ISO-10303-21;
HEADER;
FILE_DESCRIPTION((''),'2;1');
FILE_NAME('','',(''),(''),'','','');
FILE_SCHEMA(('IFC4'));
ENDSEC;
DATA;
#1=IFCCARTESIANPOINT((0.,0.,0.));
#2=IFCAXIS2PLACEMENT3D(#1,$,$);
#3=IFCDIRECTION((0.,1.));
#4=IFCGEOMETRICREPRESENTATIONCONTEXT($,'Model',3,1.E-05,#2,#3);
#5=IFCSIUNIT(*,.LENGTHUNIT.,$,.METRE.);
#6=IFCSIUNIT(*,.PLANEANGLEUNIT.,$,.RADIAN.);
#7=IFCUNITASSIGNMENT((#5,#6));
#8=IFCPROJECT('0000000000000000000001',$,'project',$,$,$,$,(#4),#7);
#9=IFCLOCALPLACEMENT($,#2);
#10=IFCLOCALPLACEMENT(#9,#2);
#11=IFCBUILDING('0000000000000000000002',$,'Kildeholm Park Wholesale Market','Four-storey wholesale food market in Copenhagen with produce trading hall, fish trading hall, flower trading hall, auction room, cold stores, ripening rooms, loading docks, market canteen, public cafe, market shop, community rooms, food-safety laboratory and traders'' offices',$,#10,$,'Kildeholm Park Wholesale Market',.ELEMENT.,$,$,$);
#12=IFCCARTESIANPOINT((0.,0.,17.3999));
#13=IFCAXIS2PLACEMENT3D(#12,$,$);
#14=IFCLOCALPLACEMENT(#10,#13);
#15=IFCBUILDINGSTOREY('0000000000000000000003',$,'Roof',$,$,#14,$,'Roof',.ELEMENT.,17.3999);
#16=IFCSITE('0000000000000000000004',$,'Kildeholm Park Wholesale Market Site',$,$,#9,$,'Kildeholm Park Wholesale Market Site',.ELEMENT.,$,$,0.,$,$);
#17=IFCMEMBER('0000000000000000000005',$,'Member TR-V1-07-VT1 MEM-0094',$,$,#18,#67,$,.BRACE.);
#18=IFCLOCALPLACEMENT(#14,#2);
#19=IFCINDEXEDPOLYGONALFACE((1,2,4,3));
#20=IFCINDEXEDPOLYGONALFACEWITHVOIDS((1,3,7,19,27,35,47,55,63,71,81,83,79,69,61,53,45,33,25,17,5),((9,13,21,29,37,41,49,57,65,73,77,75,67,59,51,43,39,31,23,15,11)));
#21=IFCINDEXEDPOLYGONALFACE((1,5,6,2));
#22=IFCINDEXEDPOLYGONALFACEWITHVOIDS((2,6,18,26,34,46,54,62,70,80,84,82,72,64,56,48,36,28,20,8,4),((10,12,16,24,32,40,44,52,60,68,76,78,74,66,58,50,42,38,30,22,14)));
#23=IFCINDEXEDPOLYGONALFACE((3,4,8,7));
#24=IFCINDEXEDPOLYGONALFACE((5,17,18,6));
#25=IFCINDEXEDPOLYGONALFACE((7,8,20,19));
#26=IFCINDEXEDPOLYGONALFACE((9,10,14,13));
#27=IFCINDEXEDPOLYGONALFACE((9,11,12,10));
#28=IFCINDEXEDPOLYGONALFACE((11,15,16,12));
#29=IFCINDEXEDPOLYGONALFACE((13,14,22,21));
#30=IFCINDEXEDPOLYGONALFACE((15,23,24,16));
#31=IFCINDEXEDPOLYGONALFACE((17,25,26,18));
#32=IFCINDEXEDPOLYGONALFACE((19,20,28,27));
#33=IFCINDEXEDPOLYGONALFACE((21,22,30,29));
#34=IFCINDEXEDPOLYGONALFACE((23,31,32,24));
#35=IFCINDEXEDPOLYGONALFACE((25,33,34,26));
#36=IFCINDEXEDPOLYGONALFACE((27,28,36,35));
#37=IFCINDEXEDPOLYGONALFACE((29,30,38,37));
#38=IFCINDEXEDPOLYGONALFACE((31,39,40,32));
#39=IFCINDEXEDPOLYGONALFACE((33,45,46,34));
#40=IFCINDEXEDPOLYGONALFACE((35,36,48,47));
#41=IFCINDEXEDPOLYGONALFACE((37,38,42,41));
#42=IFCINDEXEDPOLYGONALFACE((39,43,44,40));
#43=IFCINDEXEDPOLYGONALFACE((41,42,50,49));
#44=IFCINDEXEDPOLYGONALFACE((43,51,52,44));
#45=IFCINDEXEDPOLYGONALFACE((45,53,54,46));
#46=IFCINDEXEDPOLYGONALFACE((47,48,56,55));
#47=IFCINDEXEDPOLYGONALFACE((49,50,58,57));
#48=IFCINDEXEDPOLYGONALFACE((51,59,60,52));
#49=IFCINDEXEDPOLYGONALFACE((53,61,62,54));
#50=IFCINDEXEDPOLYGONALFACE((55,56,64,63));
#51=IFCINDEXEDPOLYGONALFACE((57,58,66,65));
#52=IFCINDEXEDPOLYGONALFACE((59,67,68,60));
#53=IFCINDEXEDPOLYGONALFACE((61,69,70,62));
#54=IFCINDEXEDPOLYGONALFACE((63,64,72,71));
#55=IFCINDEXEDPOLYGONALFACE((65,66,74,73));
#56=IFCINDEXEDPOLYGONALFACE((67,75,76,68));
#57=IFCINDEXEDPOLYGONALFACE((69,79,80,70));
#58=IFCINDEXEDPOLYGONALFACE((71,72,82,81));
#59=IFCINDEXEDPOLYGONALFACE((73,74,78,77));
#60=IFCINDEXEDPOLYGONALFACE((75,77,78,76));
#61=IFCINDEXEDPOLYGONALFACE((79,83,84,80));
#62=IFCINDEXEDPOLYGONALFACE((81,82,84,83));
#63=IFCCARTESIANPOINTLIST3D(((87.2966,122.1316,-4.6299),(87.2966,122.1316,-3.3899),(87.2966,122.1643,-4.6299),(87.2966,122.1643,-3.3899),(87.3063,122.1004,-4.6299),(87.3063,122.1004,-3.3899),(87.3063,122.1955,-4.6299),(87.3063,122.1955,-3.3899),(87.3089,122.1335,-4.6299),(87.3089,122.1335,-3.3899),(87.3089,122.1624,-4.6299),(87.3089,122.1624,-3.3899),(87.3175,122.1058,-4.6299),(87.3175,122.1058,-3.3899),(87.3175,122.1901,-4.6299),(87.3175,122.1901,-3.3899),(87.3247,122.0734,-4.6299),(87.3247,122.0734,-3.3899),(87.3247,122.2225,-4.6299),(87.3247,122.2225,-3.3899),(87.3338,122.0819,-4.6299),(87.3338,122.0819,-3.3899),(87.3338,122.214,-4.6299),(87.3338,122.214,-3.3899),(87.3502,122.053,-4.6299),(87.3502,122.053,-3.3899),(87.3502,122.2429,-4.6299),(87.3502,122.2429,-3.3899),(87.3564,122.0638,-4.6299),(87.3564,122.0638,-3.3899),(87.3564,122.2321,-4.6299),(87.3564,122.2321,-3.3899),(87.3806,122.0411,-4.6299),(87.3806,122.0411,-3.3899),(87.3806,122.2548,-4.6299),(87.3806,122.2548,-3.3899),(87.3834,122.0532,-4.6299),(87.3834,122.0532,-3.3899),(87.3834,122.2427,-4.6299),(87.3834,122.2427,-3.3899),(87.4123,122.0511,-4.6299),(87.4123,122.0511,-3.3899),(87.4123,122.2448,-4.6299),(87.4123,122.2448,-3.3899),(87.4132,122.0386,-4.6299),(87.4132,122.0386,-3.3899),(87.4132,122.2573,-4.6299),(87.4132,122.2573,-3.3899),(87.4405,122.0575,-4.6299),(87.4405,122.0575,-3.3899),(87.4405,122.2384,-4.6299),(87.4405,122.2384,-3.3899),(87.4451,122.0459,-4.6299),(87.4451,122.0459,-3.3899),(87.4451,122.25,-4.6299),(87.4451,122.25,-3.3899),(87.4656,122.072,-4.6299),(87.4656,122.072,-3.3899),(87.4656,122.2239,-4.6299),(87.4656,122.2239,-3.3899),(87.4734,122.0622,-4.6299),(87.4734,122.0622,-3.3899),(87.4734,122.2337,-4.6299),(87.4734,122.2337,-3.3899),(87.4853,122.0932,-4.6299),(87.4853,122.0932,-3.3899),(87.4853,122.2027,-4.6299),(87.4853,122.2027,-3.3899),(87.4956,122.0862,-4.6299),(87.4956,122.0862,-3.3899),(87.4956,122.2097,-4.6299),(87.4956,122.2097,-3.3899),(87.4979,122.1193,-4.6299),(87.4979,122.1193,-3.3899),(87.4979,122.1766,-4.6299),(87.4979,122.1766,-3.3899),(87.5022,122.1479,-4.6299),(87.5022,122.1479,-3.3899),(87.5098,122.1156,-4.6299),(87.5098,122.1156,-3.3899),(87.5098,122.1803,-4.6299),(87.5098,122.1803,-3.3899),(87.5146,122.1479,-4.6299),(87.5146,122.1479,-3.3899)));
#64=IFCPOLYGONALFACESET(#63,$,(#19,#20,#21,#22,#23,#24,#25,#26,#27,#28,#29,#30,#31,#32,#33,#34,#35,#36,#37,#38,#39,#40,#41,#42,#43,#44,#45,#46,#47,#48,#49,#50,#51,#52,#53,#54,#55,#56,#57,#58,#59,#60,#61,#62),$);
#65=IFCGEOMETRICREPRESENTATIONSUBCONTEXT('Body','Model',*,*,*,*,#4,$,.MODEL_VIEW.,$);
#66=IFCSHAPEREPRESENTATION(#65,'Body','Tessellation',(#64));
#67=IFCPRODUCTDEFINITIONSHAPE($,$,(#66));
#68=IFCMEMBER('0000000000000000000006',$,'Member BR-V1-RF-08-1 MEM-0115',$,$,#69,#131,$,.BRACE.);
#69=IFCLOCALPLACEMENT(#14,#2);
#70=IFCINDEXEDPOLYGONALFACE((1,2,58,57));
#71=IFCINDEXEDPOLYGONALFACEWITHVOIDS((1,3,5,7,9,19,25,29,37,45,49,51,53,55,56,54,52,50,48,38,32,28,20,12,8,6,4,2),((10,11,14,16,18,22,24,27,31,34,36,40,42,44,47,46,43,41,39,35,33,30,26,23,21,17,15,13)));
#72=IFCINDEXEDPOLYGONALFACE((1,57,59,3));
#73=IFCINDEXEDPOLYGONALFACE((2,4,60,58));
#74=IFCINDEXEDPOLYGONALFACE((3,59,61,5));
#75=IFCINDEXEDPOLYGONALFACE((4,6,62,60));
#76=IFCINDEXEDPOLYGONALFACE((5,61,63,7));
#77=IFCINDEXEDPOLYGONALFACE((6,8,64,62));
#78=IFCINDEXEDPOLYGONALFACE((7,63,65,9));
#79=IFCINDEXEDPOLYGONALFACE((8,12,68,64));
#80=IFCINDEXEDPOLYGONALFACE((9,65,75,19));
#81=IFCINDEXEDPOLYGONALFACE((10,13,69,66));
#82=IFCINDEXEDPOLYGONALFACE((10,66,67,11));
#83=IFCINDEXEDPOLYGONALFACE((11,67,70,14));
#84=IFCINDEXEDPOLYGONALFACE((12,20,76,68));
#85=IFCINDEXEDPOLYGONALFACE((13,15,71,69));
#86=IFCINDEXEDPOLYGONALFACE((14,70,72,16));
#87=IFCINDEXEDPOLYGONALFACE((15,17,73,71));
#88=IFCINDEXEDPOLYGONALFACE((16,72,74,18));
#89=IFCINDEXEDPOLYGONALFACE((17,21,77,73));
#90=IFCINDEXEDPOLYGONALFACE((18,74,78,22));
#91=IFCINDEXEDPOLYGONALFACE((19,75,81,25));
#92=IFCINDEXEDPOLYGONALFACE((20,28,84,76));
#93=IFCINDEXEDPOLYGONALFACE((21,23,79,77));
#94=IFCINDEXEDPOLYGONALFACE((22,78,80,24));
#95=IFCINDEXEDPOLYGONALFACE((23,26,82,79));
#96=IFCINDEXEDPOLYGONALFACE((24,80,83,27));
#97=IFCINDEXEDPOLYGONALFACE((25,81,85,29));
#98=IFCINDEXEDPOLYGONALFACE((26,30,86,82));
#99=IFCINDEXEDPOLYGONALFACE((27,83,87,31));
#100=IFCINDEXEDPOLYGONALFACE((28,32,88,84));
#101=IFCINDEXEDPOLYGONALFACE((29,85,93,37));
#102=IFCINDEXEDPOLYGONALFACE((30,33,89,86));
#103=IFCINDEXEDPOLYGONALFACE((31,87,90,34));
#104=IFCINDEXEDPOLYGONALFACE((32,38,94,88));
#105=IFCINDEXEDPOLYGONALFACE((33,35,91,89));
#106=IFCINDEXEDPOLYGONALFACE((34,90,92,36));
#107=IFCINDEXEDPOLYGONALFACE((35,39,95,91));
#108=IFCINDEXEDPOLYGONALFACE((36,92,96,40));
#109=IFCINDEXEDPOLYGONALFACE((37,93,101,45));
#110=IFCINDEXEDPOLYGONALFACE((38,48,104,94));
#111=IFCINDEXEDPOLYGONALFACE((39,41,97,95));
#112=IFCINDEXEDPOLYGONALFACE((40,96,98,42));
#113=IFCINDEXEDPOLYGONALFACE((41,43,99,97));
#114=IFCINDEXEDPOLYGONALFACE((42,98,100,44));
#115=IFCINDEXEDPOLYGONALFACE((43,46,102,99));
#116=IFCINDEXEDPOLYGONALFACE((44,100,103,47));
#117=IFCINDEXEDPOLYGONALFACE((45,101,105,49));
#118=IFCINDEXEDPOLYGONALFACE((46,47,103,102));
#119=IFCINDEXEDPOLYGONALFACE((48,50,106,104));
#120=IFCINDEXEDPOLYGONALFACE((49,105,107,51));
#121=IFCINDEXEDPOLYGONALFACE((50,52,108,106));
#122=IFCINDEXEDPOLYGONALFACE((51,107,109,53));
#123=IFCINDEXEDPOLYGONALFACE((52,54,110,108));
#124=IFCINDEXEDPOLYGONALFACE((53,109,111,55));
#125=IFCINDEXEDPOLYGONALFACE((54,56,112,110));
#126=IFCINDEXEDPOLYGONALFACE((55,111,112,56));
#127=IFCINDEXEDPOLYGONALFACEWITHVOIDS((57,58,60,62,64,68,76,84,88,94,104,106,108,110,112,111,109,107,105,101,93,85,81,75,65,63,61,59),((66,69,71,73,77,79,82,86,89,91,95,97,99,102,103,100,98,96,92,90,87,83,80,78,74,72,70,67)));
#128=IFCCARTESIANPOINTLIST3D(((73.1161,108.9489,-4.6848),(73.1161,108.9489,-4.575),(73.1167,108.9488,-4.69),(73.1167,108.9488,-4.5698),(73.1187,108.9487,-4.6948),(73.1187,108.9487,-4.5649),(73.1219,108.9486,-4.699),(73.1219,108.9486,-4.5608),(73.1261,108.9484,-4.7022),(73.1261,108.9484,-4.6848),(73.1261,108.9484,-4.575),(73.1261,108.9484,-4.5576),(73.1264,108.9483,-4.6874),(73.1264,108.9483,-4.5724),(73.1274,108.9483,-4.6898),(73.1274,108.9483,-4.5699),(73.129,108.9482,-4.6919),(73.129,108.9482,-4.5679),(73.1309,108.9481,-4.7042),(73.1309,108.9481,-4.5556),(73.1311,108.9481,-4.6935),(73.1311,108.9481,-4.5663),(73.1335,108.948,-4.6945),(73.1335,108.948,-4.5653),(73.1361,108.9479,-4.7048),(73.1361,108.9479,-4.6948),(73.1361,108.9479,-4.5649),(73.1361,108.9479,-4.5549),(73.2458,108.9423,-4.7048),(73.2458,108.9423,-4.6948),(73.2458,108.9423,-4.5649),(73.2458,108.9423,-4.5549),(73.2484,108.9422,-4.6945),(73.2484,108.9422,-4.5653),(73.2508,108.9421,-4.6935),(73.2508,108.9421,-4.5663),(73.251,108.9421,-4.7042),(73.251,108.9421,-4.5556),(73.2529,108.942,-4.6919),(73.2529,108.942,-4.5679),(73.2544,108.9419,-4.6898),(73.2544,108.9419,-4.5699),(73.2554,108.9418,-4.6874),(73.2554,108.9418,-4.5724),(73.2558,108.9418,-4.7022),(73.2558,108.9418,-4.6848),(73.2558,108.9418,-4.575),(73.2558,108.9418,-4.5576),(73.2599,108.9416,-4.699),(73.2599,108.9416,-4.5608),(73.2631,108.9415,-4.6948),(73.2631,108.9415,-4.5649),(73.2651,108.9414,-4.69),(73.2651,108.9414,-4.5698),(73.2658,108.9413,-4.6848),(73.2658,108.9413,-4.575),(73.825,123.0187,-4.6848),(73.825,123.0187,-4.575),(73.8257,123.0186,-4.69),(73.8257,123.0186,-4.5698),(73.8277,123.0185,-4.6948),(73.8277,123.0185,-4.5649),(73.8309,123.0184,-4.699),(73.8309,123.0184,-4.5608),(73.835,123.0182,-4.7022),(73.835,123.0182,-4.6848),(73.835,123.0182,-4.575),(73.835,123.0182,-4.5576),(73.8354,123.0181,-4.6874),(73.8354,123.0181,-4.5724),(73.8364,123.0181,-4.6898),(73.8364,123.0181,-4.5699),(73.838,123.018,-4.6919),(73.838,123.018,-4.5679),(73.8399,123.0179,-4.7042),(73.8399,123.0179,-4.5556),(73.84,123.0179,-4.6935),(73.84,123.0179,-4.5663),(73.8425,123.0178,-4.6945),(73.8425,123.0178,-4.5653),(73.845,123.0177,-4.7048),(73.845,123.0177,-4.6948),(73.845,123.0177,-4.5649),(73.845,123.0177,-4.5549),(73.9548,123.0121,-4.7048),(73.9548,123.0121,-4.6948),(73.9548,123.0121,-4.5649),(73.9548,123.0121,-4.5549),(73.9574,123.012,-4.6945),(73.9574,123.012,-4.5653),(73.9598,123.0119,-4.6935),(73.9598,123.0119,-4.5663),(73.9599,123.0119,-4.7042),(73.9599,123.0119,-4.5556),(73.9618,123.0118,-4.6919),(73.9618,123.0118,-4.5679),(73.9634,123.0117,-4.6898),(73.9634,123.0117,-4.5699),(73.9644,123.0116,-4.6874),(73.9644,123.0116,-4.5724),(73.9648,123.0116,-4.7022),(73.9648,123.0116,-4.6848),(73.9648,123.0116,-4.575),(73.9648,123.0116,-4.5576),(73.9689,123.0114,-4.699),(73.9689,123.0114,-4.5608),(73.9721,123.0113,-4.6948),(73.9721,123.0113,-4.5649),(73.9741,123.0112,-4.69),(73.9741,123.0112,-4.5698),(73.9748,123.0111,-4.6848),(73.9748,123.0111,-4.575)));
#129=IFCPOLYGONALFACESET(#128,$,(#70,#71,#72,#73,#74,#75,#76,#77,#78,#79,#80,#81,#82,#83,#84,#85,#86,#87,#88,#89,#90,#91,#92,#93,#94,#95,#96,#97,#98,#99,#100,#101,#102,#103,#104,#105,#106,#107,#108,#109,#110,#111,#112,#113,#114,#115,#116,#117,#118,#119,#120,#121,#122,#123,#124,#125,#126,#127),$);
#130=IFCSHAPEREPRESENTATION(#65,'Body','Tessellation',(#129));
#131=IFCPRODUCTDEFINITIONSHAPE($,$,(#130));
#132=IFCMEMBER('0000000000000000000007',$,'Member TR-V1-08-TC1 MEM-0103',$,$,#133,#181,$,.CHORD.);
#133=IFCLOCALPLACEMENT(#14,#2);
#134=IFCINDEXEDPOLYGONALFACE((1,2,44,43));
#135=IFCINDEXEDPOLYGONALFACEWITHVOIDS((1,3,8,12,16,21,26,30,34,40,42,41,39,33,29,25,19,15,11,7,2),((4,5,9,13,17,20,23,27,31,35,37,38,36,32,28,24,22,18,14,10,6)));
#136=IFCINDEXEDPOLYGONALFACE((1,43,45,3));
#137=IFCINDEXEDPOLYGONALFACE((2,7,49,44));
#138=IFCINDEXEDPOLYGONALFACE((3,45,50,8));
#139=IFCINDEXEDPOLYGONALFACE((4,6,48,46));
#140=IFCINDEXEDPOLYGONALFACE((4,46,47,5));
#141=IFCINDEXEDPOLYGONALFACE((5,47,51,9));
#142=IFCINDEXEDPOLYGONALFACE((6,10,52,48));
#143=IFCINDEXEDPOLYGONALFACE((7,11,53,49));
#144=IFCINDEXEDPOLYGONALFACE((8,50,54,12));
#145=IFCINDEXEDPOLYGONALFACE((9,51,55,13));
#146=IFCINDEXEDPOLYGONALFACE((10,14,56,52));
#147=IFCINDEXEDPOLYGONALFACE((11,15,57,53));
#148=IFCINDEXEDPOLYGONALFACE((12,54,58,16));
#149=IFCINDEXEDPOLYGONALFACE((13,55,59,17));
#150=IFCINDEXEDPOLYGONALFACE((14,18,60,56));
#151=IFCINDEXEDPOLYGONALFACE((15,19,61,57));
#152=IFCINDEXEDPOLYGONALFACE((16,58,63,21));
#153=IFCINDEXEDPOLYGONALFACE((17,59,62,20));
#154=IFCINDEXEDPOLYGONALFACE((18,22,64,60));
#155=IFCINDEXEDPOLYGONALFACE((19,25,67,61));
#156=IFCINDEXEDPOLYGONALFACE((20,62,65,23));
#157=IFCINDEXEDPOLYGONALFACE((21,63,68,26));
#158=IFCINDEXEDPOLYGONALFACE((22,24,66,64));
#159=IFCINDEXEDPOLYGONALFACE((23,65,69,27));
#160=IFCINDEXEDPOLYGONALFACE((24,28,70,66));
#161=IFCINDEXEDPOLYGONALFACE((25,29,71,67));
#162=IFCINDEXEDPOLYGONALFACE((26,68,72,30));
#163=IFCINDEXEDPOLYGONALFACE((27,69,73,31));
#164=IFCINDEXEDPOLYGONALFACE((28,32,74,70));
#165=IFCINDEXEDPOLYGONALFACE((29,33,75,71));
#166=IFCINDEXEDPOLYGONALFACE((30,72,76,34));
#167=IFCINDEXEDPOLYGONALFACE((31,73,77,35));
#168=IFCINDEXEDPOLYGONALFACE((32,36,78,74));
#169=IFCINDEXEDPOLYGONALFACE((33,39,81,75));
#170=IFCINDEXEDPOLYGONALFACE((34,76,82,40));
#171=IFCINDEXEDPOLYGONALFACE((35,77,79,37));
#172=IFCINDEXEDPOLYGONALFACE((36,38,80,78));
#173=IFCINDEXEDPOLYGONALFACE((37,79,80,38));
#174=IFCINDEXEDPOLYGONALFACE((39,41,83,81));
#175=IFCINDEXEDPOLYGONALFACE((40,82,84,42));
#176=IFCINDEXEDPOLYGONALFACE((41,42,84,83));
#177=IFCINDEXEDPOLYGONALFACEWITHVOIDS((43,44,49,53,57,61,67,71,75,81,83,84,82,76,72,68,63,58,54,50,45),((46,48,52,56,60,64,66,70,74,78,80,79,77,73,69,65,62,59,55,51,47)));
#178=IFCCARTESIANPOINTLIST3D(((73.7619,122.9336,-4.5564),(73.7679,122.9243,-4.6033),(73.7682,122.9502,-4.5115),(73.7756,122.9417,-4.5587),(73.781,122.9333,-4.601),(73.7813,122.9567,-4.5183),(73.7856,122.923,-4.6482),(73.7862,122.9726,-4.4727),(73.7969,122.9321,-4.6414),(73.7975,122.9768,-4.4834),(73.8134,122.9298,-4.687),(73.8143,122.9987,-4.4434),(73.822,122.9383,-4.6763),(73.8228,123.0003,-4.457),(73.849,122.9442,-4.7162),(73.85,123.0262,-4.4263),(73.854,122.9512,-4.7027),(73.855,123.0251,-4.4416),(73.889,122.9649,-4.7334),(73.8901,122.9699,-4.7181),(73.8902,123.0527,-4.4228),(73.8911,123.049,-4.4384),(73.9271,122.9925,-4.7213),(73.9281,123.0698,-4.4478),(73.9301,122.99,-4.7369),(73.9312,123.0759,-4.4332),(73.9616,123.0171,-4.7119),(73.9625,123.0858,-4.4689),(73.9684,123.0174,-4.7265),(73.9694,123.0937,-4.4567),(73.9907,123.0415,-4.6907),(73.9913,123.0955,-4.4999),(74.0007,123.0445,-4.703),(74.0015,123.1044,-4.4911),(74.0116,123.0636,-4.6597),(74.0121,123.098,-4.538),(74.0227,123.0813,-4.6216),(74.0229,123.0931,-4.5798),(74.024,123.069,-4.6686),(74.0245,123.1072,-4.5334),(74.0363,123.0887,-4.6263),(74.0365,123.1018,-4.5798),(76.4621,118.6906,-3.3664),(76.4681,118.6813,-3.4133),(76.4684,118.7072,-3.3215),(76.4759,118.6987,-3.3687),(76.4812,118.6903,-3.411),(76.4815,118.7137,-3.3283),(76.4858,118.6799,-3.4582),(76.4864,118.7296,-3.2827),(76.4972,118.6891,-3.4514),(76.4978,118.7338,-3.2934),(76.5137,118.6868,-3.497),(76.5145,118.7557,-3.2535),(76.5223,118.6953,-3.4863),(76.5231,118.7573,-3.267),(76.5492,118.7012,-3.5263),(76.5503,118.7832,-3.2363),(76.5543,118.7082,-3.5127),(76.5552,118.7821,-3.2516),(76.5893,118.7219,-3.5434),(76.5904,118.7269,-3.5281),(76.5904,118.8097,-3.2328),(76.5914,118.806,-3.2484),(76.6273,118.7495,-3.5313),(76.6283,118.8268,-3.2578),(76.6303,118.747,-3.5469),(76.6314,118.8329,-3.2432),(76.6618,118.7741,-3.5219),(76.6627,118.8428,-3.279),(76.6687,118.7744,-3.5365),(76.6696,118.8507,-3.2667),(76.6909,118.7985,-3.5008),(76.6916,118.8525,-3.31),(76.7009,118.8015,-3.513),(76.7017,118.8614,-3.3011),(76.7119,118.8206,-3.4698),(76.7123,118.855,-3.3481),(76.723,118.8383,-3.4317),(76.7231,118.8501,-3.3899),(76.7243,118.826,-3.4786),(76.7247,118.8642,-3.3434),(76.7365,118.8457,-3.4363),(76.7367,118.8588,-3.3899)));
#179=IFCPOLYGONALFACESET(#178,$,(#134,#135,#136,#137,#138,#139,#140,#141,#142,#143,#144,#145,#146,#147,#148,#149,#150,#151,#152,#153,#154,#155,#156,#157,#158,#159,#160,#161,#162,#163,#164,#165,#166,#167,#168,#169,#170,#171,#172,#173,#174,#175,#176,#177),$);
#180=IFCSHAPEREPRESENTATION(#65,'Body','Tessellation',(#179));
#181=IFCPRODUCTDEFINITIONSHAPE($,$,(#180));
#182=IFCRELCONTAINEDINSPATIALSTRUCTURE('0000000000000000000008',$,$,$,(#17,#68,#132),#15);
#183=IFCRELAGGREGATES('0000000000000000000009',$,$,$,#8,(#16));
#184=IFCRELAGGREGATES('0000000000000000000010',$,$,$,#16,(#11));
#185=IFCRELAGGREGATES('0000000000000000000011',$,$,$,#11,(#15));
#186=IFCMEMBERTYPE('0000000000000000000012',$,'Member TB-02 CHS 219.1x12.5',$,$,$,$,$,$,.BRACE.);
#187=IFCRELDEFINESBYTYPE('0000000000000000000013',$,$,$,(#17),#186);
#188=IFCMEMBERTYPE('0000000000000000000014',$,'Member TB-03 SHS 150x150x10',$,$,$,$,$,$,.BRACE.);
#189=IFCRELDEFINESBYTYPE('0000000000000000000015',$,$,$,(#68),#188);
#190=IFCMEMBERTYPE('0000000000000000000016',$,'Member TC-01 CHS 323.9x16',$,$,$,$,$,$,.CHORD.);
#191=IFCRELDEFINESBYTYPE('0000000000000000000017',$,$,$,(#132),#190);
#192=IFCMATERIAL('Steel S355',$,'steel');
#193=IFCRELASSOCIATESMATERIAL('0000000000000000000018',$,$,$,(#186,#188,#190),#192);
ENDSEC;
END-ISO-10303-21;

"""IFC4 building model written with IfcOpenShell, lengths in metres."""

from ifc_helpers import new_model, si_unit, direction, frame, origin, origin_2d, place, context, subcontext, project, spatial, hollow_rectangle, hollow_circle, extrude, material, material_profile, profile_set, type_object, element, save


model = new_model("IFC4")

# Units and contexts
model_context = context("Model", 3, precision=1e-05, world=origin(), true_north=direction((0.0, 1.0)))
body_context = subcontext(model_context, "Body", "Model", "MODEL_VIEW")
ifc_project = project(units=[si_unit("LENGTHUNIT", "METRE"), si_unit("PLANEANGLEUNIT", "RADIAN")], contexts=[model_context])

# Site, building, storey
site_placement = place(None, origin())
site = spatial("IfcSite", under=ifc_project, at=site_placement, Name="Kildeholm Park Wholesale Market Site", LongName="Kildeholm Park Wholesale Market Site", CompositionType="ELEMENT", RefElevation=0.0)
building_placement = place(site_placement, origin())
building = spatial("IfcBuilding", under=site, at=building_placement, Name="Kildeholm Park Wholesale Market", Description="Four-storey wholesale food market in Copenhagen with produce trading hall, fish trading hall, flower trading hall, auction room, cold stores, ripening rooms, loading docks, market canteen, public cafe, market shop, community rooms, food-safety laboratory and traders' offices", LongName="Kildeholm Park Wholesale Market", CompositionType="ELEMENT")
storey_placement = place(building_placement, frame((0.0, 0.0, 17.3999)))
storey = spatial("IfcBuildingStorey", under=building, at=storey_placement, Name="Roof", LongName="Roof", CompositionType="ELEMENT", Elevation=17.3999)

# Shared definitions
ifc_material_1 = material(Name="Steel S355", Category="steel")

# Members
ifc_material_profile_1 = material_profile(ifc_material_1, hollow_circle(Radius=0.1096, WallThickness=0.0125, at=origin_2d()), Name="CHS 219.1x12.5")
ifc_profile_set_1 = profile_set([ifc_material_profile_1], Name="Steel S355")
member_type_1 = type_object("IfcMemberType", Name="Member TB-02 CHS 219.1x12.5", PredefinedType="BRACE", material=ifc_profile_set_1)
member_1_placement = place(storey_placement, frame((87.405, 122.1479, -4.6299), z_axis=(0.0, 0.0, 1.0), x_axis=(1.0, 0.0, 0.0)))
element("IfcMember", 1, at=member_1_placement, inside=storey, type_object=member_type_1, Name="Member TR-V1-07-VT1 MEM-0094", PredefinedType="BRACE", context=body_context, shape_type="SweptSolid", body=[
    extrude(hollow_circle(Radius=0.1096, WallThickness=0.0125, at=origin_2d()), origin(), (0.0, 0.0, 1.0), 1.24),
])
ifc_material_profile_2 = material_profile(ifc_material_1, hollow_rectangle(XDim=0.1499, YDim=0.1499, WallThickness=0.01, InnerFilletRadius=0.01, OuterFilletRadius=0.02, at=origin_2d()), Name="SHS 150x150x10")
ifc_profile_set_2 = profile_set([ifc_material_profile_2], Name="Steel S355")
member_type_2 = type_object("IfcMemberType", Name="Member TB-03 SHS 150x150x10", PredefinedType="BRACE", material=ifc_profile_set_2)
member_2_placement = place(storey_placement, frame((73.8999, 123.0149, -4.6299), z_axis=(-0.050327, -0.998733, 0.0), x_axis=(0.998733, -0.050327, 0.0)))
element("IfcMember", 2, at=member_2_placement, inside=storey, type_object=member_type_2, Name="Member BR-V1-RF-08-1 MEM-0115", PredefinedType="BRACE", context=body_context, shape_type="SweptSolid", body=[
    extrude(hollow_rectangle(XDim=0.1499, YDim=0.1499, WallThickness=0.01, InnerFilletRadius=0.01, OuterFilletRadius=0.02, at=origin_2d()), origin(), (0.0, 0.0, 1.0), 14.0876),
])
ifc_material_profile_3 = material_profile(ifc_material_1, hollow_circle(Radius=0.1619, WallThickness=0.0161, at=origin_2d()), Name="CHS 323.9x16")
ifc_profile_set_3 = profile_set([ifc_material_profile_3], Name="Steel S355")
member_type_3 = type_object("IfcMemberType", Name="Member TC-01 CHS 323.9x16", PredefinedType="CHORD", material=ifc_profile_set_3)
member_3_placement = place(storey_placement, frame((73.8999, 123.0149, -4.5798), z_axis=(0.522472, -0.820981, 0.230247), x_axis=(0.843647, 0.536897, 0.0)))
element("IfcMember", 3, at=member_3_placement, inside=storey, type_object=member_type_3, Name="Member TR-V1-08-TC1 MEM-0103", PredefinedType="CHORD", context=body_context, shape_type="SweptSolid", body=[
    extrude(hollow_circle(Radius=0.1619, WallThickness=0.0161, at=origin_2d()), origin(), (0.0, 0.0, 1.0), 5.1682),
])

save(model, "model.ifc")
